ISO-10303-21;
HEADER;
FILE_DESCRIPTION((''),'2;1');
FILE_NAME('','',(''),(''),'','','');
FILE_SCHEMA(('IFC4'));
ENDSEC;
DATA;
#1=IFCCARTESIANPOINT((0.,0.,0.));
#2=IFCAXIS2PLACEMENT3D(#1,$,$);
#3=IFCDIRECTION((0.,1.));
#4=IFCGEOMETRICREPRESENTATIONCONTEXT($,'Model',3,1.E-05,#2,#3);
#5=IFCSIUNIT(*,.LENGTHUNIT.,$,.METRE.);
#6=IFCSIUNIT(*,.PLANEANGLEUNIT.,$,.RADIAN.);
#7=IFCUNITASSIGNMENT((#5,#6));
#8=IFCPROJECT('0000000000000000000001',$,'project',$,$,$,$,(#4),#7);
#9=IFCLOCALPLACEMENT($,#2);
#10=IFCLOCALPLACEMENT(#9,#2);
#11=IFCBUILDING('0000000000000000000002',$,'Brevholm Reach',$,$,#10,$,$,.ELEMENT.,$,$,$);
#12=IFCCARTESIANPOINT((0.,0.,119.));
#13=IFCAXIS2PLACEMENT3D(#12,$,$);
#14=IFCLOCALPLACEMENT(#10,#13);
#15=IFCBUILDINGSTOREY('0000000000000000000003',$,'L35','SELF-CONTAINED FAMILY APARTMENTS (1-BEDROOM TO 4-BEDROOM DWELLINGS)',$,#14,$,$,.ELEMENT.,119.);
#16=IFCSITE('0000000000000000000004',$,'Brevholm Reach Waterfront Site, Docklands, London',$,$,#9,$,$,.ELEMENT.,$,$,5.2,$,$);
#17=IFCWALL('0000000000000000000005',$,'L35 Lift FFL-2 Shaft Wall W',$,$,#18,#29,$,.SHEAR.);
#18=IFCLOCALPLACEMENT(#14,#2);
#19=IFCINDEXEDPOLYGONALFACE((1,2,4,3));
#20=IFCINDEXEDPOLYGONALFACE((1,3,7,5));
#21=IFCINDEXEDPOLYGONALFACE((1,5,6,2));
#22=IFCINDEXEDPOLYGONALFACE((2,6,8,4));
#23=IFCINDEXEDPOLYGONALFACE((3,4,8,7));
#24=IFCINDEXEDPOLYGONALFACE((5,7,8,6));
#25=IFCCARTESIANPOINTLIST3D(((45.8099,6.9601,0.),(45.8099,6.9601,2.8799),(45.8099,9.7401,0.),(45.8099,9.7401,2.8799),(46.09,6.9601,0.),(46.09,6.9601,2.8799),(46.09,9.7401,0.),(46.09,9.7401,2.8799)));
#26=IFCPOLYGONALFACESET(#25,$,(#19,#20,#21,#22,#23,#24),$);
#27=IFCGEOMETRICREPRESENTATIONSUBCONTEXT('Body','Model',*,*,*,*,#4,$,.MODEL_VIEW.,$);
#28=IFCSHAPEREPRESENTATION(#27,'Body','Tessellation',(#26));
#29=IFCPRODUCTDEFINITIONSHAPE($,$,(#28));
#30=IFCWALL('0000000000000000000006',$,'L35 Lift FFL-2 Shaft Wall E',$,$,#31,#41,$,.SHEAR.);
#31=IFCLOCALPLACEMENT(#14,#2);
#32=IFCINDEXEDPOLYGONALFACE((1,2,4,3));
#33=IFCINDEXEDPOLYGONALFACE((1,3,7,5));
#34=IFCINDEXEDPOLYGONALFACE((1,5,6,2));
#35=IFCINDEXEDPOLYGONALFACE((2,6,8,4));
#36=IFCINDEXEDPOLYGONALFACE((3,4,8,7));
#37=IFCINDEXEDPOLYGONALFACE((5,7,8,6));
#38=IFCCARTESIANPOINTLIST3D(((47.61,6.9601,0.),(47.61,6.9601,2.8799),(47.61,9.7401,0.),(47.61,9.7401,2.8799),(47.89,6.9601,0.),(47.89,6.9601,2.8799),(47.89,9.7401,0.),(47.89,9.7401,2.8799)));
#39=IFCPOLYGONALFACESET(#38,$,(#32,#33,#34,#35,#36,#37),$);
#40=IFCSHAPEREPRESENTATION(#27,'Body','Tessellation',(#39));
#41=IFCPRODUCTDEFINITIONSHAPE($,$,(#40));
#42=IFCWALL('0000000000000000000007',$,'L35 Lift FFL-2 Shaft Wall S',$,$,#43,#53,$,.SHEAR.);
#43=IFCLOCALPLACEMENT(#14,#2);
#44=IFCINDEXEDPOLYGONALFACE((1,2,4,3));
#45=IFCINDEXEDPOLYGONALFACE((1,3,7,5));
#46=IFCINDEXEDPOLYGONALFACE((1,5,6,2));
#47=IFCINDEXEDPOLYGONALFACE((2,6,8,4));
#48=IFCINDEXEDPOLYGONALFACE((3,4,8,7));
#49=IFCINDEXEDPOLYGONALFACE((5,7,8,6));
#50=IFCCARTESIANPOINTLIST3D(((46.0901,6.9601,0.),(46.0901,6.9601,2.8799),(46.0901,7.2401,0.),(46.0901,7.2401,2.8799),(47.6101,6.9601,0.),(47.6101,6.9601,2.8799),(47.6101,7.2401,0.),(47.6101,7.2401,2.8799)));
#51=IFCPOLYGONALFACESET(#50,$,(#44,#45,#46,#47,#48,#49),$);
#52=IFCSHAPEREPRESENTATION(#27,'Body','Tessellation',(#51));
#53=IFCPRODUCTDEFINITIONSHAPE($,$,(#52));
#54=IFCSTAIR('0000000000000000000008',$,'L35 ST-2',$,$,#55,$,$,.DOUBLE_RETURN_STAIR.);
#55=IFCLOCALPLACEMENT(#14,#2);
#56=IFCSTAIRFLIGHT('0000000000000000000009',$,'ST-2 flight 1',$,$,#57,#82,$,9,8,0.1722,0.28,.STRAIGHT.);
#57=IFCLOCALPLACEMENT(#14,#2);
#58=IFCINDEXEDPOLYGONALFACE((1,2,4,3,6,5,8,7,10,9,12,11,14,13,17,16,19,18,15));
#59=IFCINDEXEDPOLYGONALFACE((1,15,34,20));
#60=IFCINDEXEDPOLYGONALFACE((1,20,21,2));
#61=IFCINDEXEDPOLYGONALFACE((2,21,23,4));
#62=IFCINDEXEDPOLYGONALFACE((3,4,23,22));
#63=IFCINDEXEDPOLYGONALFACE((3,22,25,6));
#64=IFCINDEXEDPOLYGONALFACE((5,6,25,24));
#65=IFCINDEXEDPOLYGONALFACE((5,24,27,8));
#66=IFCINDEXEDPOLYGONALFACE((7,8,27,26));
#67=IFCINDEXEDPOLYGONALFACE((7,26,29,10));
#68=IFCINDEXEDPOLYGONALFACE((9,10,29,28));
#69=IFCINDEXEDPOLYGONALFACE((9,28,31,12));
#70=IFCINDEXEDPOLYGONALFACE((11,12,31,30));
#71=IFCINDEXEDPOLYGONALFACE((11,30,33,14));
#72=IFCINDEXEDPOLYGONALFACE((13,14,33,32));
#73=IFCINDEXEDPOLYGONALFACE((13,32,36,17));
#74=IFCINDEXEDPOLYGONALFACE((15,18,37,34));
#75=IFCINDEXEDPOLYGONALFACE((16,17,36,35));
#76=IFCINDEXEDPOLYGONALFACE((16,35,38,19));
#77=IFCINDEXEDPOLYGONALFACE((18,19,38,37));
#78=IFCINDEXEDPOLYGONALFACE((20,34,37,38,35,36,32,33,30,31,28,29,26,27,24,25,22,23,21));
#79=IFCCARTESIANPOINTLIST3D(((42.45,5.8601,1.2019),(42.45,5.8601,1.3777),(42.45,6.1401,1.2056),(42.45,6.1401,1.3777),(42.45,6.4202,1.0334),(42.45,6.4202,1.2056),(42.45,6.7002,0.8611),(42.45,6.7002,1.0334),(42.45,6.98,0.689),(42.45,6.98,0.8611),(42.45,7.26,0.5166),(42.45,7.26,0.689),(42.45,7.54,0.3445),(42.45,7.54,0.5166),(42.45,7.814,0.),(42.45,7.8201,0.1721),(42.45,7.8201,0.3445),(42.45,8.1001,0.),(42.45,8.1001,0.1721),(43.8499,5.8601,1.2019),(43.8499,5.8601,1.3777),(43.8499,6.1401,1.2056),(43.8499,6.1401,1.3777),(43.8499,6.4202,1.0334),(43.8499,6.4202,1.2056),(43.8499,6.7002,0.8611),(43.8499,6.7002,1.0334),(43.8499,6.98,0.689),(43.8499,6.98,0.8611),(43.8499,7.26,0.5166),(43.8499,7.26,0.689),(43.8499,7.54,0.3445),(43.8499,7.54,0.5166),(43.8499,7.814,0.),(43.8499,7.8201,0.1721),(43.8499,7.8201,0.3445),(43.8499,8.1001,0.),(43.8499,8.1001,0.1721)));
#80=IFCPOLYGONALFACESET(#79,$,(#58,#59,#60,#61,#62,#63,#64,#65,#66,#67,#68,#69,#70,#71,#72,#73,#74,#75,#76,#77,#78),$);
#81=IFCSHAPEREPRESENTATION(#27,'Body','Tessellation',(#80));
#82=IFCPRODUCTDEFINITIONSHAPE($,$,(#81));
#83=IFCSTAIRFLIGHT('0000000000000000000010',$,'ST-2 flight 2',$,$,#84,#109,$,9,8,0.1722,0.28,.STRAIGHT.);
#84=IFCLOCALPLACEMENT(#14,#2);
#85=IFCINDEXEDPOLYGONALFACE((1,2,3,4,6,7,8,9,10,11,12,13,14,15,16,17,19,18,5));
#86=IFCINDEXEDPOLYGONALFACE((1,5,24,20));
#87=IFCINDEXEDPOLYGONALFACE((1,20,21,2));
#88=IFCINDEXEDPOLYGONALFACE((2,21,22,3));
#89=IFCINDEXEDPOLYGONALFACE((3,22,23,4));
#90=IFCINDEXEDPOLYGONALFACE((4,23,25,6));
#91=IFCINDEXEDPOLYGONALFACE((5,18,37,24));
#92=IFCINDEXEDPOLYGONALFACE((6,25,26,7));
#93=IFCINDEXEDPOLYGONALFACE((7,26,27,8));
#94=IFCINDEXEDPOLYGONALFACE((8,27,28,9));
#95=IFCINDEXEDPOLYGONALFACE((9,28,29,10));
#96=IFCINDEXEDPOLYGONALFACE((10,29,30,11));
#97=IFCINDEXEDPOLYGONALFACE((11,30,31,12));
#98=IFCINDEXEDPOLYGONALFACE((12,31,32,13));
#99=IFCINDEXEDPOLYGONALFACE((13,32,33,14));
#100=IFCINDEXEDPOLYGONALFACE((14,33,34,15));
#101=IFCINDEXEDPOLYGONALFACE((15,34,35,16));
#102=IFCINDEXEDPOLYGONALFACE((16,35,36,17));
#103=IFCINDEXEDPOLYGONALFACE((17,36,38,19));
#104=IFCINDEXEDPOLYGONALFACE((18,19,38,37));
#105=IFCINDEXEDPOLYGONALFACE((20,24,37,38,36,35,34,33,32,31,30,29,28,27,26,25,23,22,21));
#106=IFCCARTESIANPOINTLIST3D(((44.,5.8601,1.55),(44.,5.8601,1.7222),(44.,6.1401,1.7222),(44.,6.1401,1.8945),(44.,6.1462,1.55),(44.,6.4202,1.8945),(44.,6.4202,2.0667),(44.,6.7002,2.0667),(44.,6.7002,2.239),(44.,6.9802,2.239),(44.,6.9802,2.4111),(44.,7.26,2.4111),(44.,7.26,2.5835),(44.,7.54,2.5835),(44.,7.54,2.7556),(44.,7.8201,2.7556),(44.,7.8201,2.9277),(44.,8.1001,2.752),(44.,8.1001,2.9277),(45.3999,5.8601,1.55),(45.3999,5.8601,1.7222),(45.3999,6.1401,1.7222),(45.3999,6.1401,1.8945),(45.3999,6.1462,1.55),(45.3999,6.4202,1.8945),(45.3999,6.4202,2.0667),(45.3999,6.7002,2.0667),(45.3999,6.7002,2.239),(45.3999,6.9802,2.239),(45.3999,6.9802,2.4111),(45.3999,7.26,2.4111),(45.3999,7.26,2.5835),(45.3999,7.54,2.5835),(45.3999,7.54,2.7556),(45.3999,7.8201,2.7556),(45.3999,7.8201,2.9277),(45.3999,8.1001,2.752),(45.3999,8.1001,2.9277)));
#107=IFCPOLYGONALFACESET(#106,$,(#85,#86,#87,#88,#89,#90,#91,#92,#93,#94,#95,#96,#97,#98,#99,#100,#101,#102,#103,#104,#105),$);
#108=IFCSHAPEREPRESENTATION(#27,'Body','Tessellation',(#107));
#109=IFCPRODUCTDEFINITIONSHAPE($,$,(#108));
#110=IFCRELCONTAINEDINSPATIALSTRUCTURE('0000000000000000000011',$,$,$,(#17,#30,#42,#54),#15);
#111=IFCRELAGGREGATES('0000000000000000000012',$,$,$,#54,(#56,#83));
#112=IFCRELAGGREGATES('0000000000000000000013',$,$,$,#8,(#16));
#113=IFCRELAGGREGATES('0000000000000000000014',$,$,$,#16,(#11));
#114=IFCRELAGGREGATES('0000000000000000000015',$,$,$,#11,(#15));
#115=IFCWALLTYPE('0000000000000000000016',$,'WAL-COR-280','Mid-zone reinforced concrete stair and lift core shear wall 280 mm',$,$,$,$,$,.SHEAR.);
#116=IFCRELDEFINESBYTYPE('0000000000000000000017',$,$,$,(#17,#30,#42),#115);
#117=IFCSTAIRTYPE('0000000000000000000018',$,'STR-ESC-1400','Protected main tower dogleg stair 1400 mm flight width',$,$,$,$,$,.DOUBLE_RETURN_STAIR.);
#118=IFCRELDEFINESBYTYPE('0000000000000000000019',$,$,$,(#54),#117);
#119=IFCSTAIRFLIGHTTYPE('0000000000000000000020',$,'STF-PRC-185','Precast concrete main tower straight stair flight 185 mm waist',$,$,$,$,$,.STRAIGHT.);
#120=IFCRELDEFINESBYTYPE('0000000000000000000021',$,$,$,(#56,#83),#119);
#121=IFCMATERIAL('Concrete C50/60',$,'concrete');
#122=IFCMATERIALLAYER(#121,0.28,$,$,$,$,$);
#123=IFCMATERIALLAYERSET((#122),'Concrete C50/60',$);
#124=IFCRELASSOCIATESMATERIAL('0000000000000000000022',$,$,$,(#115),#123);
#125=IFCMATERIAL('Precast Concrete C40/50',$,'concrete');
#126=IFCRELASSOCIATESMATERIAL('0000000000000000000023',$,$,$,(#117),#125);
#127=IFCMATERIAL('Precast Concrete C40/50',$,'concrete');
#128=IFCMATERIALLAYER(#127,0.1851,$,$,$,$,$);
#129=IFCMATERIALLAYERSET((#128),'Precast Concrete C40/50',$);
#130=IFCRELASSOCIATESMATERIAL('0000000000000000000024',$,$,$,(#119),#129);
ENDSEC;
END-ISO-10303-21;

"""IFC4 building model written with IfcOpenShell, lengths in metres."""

from ifc_helpers import new_model, si_unit, direction, frame, frame_2d, origin, place, context, subcontext, project, spatial, polyline, rectangle, outline, extrude, material, layer, layer_set, type_object, element, aggregate, save


model = new_model("IFC4")

# Units and contexts
model_context = context("Model", 3, precision=1e-05, world=origin(), true_north=direction((0.0, 1.0)))
body_context = subcontext(model_context, "Body", "Model", "MODEL_VIEW")
ifc_project = project(units=[si_unit("LENGTHUNIT", "METRE"), si_unit("PLANEANGLEUNIT", "RADIAN")], contexts=[model_context])

# Site, building, storey
site_placement = place(None, origin())
site = spatial("IfcSite", under=ifc_project, at=site_placement, Name="Brevholm Reach Waterfront Site, Docklands, London", CompositionType="ELEMENT", RefElevation=5.2)
building_placement = place(site_placement, origin())
building = spatial("IfcBuilding", under=site, at=building_placement, Name="Brevholm Reach", CompositionType="ELEMENT")
storey_placement = place(building_placement, frame((0.0, 0.0, 119.0)))
storey = spatial("IfcBuildingStorey", under=building, at=storey_placement, Name="L35", Description="SELF-CONTAINED FAMILY APARTMENTS (1-BEDROOM TO 4-BEDROOM DWELLINGS)", CompositionType="ELEMENT", Elevation=119.0)

# Walls
ifc_material_1 = material(Name="Concrete C50/60", Category="concrete")
ifc_layer_1 = layer(ifc_material_1, 0.28)
ifc_layer_set_1 = layer_set([ifc_layer_1], Name="Concrete C50/60")
wall_type = type_object("IfcWallType", Name="WAL-COR-280", Description="Mid-zone reinforced concrete stair and lift core shear wall 280 mm", PredefinedType="SHEAR", material=ifc_layer_set_1)
for number, where, z_axis, x_axis, name in (
    (1, (45.95, 6.96, 0.0), (0.0, 0.0, 1.0), (0.0, 1.0, 0.0), "L35 Lift FFL-2 Shaft Wall W"),
    (2, (47.75, 6.96, 0.0), (0.0, 0.0, 1.0), (0.0, 1.0, 0.0), "L35 Lift FFL-2 Shaft Wall E"),
):
    element("IfcWall", number, at=place(storey_placement, frame(where, z_axis=z_axis, x_axis=x_axis)), inside=storey, type_object=wall_type, Name=name, PredefinedType="SHEAR", context=body_context, shape_type="SweptSolid", body=[
        extrude(rectangle(XDim=2.78, YDim=0.28, at=frame_2d((1.3901, 0.0))), origin(), (0.0, 0.0, 1.0), 2.8799),
    ])
wall_1_placement = place(storey_placement, frame((46.0901, 7.1001, 0.0), z_axis=(0.0, 0.0, 1.0), x_axis=(1.0, 0.0, 0.0)))
element("IfcWall", 3, at=wall_1_placement, inside=storey, type_object=wall_type, Name="L35 Lift FFL-2 Shaft Wall S", PredefinedType="SHEAR", context=body_context, shape_type="SweptSolid", body=[
    extrude(rectangle(XDim=1.52, YDim=0.28, at=frame_2d((0.76, 0.0))), origin(), (0.0, 0.0, 1.0), 2.8799),
])

# Stair, stair flights
ifc_material_2 = material(Name="Precast Concrete C40/50", Category="concrete")
stair_type = type_object("IfcStairType", Name="STR-ESC-1400", Description="Protected main tower dogleg stair 1400 mm flight width", PredefinedType="DOUBLE_RETURN_STAIR", material=ifc_material_2)
stair_placement = place(storey_placement, origin())
stair = element("IfcStair", 4, at=stair_placement, inside=storey, type_object=stair_type, Name="L35 ST-2", PredefinedType="DOUBLE_RETURN_STAIR")
ifc_material_3 = material(Name="Precast Concrete C40/50", Category="concrete")
ifc_layer_2 = layer(ifc_material_3, 0.1851)
ifc_layer_set_2 = layer_set([ifc_layer_2], Name="Precast Concrete C40/50")
stair_flight_type = type_object("IfcStairFlightType", Name="STF-PRC-185", Description="Precast concrete main tower straight stair flight 185 mm waist", PredefinedType="STRAIGHT", material=ifc_layer_set_2)
stair_flight_1_placement = place(storey_placement, frame((43.1499, 8.1001, 0.0), z_axis=(0.0, 0.0, 1.0), x_axis=(0.0, -1.0, 0.0)))
stair_flight_1 = element("IfcStairFlight", 5, at=stair_flight_1_placement, type_object=stair_flight_type, Name="ST-2 flight 1", NumberOfRisers=9, NumberOfTreads=8, PredefinedType="STRAIGHT", RiserHeight=0.1722, TreadLength=0.28, context=body_context, shape_type="SweptSolid", body=[
    extrude(outline(polyline([(0.0, 0.0), (0.0, 0.1721), (0.28, 0.1721), (0.28, 0.3445), (0.5601, 0.3445), (0.5601, 0.5166), (0.8401, 0.5166), (0.8401, 0.689), (1.1201, 0.689), (1.1201, 0.8611), (1.3999, 0.8611), (1.3999, 1.0334), (1.6799, 1.0334), (1.6799, 1.2056), (1.96, 1.2056), (1.96, 1.3777), (2.24, 1.3777), (2.24, 1.55), (2.24, 1.2019), (0.2861, 0.0), (0.0, 0.0)])), frame((0.0, 0.7, 0.0), z_axis=(0.0, -1.0, 0.0), x_axis=(1.0, 0.0, 0.0)), (0.0, 0.0, 1.0), 1.3999),
])
stair_flight_2_placement = place(storey_placement, frame((44.7, 5.8601, 1.55), z_axis=(0.0, 0.0, 1.0), x_axis=(0.0, 1.0, 0.0)))
stair_flight_2 = element("IfcStairFlight", 6, at=stair_flight_2_placement, type_object=stair_flight_type, Name="ST-2 flight 2", NumberOfRisers=9, NumberOfTreads=8, PredefinedType="STRAIGHT", RiserHeight=0.1722, TreadLength=0.28, context=body_context, shape_type="SweptSolid", body=[
    extrude(outline(polyline([(0.0, 0.0), (0.0, 0.1721), (0.28, 0.1721), (0.28, 0.3445), (0.5601, 0.3445), (0.5601, 0.5166), (0.8401, 0.5166), (0.8401, 0.689), (1.1201, 0.689), (1.1201, 0.8611), (1.3999, 0.8611), (1.3999, 1.0334), (1.6799, 1.0334), (1.6799, 1.2056), (1.96, 1.2056), (1.96, 1.3777), (2.24, 1.3777), (2.24, 1.55), (2.24, 1.2019), (0.2861, 0.0), (0.0, 0.0)])), frame((0.0, 0.7, 0.0), z_axis=(0.0, -1.0, 0.0), x_axis=(1.0, 0.0, 0.0)), (0.0, 0.0, 1.0), 1.3999),
])
aggregate(stair, [stair_flight_1, stair_flight_2])

save(model, "model.ifc")
